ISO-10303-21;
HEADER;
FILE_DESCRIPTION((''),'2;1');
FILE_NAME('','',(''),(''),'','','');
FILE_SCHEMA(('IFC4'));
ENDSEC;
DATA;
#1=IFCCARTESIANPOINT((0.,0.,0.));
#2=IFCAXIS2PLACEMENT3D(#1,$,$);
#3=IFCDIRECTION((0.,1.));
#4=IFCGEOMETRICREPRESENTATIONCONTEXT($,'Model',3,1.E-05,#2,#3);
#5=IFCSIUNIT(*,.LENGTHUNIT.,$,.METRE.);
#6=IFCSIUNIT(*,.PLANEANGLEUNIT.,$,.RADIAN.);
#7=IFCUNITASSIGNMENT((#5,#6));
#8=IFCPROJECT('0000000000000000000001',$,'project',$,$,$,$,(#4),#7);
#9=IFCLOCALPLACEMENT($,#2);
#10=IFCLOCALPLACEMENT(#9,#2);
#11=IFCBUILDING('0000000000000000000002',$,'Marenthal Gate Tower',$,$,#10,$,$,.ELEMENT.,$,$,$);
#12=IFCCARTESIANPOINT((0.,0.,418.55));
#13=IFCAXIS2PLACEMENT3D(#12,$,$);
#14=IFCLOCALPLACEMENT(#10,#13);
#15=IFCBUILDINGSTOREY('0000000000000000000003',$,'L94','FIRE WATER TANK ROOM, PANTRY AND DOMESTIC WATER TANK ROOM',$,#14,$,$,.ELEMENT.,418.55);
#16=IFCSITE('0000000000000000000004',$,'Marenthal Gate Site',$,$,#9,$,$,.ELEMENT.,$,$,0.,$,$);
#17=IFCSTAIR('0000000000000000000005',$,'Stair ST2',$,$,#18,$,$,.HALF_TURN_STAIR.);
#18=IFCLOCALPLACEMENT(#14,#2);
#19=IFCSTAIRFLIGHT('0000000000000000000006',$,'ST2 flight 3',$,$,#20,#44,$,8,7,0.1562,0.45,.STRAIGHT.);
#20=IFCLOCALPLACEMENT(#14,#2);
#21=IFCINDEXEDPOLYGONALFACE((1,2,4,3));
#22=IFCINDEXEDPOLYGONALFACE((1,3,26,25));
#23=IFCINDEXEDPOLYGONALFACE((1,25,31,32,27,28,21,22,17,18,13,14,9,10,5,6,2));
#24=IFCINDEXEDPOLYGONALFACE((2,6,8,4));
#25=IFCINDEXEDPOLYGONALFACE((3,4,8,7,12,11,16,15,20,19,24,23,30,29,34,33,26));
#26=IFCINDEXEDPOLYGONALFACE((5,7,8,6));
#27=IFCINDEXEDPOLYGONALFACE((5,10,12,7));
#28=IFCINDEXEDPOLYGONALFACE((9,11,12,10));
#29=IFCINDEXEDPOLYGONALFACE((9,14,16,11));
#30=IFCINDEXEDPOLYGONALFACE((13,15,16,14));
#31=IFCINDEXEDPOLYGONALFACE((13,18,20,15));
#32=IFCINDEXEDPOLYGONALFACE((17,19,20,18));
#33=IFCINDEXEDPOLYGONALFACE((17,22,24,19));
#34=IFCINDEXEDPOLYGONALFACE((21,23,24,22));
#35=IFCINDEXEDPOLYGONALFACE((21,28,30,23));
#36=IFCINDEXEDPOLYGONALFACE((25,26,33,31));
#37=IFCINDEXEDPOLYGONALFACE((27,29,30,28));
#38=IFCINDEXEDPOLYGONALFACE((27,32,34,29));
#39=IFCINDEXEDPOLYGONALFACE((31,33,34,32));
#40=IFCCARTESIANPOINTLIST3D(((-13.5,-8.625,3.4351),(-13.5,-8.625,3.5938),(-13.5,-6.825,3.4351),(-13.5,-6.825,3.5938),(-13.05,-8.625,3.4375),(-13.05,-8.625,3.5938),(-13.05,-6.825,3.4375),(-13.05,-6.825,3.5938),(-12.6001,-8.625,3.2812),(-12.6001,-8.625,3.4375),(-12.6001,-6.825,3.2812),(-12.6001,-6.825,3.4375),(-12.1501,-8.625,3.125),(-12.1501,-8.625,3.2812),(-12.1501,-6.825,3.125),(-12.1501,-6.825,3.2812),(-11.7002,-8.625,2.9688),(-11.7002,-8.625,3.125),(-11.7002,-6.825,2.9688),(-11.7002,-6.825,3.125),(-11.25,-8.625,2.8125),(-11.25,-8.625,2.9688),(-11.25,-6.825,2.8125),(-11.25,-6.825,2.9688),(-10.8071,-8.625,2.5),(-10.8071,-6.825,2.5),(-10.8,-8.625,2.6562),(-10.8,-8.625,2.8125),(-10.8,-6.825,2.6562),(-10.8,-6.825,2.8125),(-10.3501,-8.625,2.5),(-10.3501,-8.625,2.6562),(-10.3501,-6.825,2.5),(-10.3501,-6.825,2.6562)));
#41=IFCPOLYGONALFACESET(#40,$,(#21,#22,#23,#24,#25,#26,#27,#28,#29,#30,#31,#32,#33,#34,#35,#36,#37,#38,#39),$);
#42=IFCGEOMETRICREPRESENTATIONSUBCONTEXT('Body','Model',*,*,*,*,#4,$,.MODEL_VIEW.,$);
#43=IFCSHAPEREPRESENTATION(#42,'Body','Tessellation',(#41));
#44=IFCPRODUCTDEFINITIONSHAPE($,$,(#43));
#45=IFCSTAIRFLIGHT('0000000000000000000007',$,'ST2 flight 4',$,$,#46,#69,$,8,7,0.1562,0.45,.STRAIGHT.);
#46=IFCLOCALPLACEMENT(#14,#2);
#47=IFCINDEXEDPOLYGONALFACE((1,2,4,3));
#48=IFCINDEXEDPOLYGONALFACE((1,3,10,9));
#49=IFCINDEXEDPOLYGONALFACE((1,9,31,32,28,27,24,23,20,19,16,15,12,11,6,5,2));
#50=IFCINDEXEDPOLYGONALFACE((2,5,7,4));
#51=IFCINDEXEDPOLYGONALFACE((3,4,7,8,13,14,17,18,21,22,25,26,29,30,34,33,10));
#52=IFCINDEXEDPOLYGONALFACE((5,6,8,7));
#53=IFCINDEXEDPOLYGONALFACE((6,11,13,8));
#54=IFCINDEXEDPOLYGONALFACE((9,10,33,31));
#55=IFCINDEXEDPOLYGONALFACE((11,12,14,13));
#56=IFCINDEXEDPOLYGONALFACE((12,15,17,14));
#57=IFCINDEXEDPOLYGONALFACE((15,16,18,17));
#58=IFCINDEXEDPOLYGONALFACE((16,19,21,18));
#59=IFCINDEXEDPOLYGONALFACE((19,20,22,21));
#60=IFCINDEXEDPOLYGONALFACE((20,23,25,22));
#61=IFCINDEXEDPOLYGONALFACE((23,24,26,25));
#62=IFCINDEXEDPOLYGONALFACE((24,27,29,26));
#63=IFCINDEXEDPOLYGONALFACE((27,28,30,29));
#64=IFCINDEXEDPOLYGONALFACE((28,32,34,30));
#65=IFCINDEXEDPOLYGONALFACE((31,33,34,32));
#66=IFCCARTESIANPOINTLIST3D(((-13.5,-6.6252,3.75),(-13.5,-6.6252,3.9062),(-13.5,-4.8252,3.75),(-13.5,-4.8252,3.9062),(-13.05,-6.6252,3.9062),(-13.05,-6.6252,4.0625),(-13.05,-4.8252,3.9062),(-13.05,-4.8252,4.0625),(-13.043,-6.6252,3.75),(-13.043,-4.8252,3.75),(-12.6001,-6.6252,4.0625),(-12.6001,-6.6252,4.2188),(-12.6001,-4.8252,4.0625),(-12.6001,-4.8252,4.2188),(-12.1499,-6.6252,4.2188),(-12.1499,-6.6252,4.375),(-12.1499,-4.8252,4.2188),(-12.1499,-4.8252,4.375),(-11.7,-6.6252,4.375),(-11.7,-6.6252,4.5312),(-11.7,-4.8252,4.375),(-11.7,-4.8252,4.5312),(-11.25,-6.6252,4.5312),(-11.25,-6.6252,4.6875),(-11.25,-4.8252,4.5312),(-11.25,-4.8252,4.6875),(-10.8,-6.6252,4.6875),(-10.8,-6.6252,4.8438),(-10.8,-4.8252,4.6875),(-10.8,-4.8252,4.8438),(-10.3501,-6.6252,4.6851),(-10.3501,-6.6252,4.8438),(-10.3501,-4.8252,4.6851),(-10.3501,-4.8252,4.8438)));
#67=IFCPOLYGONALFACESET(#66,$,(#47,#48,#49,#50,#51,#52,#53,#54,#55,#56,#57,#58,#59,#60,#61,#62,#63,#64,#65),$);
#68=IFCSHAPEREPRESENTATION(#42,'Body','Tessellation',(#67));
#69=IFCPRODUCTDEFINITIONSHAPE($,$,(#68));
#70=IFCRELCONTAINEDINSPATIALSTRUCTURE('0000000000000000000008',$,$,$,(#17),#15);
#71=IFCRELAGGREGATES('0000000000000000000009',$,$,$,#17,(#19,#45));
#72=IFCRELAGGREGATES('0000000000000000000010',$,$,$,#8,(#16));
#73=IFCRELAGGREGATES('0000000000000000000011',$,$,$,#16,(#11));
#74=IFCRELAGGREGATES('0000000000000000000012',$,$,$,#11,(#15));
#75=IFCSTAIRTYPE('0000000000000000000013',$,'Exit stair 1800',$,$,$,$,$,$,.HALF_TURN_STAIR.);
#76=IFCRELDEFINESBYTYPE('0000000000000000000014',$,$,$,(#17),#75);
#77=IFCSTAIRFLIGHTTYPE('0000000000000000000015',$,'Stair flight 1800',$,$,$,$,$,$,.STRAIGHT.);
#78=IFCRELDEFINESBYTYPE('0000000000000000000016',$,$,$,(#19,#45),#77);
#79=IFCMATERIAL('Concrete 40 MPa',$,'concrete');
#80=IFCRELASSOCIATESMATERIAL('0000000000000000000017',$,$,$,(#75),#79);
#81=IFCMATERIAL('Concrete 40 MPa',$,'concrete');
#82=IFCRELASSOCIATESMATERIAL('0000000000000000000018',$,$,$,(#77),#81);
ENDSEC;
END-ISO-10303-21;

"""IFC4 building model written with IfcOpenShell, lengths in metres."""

from ifc_helpers import new_model, si_unit, direction, frame, origin, place, context, subcontext, project, spatial, polyline, outline, extrude, material, type_object, element, aggregate, save


model = new_model("IFC4")

# Units and contexts
model_context = context("Model", 3, precision=1e-05, world=origin(), true_north=direction((0.0, 1.0)))
body_context = subcontext(model_context, "Body", "Model", "MODEL_VIEW")
ifc_project = project(units=[si_unit("LENGTHUNIT", "METRE"), si_unit("PLANEANGLEUNIT", "RADIAN")], contexts=[model_context])

# Site, building, storey
site_placement = place(None, origin())
site = spatial("IfcSite", under=ifc_project, at=site_placement, Name="Marenthal Gate Site", CompositionType="ELEMENT", RefElevation=0.0)
building_placement = place(site_placement, origin())
building = spatial("IfcBuilding", under=site, at=building_placement, Name="Marenthal Gate Tower", CompositionType="ELEMENT")
storey_placement = place(building_placement, frame((0.0, 0.0, 418.55)))
storey = spatial("IfcBuildingStorey", under=building, at=storey_placement, Name="L94", Description="FIRE WATER TANK ROOM, PANTRY AND DOMESTIC WATER TANK ROOM", CompositionType="ELEMENT", Elevation=418.55)

# Stair, stair flights
ifc_material_1 = material(Name="Concrete 40 MPa", Category="concrete")
stair_type = type_object("IfcStairType", Name="Exit stair 1800", PredefinedType="HALF_TURN_STAIR", material=ifc_material_1)
stair_placement = place(storey_placement, origin())
stair = element("IfcStair", 1, at=stair_placement, inside=storey, type_object=stair_type, Name="Stair ST2", PredefinedType="HALF_TURN_STAIR")
ifc_material_2 = material(Name="Concrete 40 MPa", Category="concrete")
stair_flight_type = type_object("IfcStairFlightType", Name="Stair flight 1800", PredefinedType="STRAIGHT", material=ifc_material_2)
stair_flight_1_placement = place(storey_placement, frame((-10.3501, -7.7251, 2.5), z_axis=(0.0, 0.0, 1.0), x_axis=(-1.0, 0.0, 0.0)))
stair_flight_1 = element("IfcStairFlight", 2, at=stair_flight_1_placement, type_object=stair_flight_type, Name="ST2 flight 3", NumberOfRisers=8, NumberOfTreads=7, PredefinedType="STRAIGHT", RiserHeight=0.1562, TreadLength=0.45, context=body_context, shape_type="SweptSolid", body=[
    extrude(outline(polyline([(0.0, 0.0), (0.0, 0.1562), (0.45, 0.1562), (0.45, 0.3125), (0.8999, 0.3125), (0.8999, 0.4688), (1.3501, 0.4688), (1.3501, 0.625), (1.8, 0.625), (1.8, 0.7812), (2.25, 0.7812), (2.25, 0.9375), (2.7, 0.9375), (2.7, 1.0938), (3.1499, 1.0938), (3.1499, 1.25), (3.1499, 0.9351), (0.457, 0.0), (0.0, 0.0)])), frame((0.0, 0.8999, 0.0), z_axis=(0.0, -1.0, 0.0), x_axis=(1.0, 0.0, 0.0)), (0.0, 0.0, 1.0), 1.8),
])
stair_flight_2_placement = place(storey_placement, frame((-13.5, -5.7251, 3.75), z_axis=(0.0, 0.0, 1.0), x_axis=(1.0, 0.0, 0.0)))
stair_flight_2 = element("IfcStairFlight", 3, at=stair_flight_2_placement, type_object=stair_flight_type, Name="ST2 flight 4", NumberOfRisers=8, NumberOfTreads=7, PredefinedType="STRAIGHT", RiserHeight=0.1562, TreadLength=0.45, context=body_context, shape_type="SweptSolid", body=[
    extrude(outline(polyline([(0.0, 0.0), (0.0, 0.1562), (0.45, 0.1562), (0.45, 0.3125), (0.8999, 0.3125), (0.8999, 0.4688), (1.3501, 0.4688), (1.3501, 0.625), (1.8, 0.625), (1.8, 0.7812), (2.25, 0.7812), (2.25, 0.9375), (2.7, 0.9375), (2.7, 1.0938), (3.1499, 1.0938), (3.1499, 1.25), (3.1499, 0.9351), (0.457, 0.0), (0.0, 0.0)])), frame((0.0, 0.8999, 0.0), z_axis=(0.0, -1.0, 0.0), x_axis=(1.0, 0.0, 0.0)), (0.0, 0.0, 1.0), 1.8),
])
aggregate(stair, [stair_flight_1, stair_flight_2])

save(model, "model.ifc")
